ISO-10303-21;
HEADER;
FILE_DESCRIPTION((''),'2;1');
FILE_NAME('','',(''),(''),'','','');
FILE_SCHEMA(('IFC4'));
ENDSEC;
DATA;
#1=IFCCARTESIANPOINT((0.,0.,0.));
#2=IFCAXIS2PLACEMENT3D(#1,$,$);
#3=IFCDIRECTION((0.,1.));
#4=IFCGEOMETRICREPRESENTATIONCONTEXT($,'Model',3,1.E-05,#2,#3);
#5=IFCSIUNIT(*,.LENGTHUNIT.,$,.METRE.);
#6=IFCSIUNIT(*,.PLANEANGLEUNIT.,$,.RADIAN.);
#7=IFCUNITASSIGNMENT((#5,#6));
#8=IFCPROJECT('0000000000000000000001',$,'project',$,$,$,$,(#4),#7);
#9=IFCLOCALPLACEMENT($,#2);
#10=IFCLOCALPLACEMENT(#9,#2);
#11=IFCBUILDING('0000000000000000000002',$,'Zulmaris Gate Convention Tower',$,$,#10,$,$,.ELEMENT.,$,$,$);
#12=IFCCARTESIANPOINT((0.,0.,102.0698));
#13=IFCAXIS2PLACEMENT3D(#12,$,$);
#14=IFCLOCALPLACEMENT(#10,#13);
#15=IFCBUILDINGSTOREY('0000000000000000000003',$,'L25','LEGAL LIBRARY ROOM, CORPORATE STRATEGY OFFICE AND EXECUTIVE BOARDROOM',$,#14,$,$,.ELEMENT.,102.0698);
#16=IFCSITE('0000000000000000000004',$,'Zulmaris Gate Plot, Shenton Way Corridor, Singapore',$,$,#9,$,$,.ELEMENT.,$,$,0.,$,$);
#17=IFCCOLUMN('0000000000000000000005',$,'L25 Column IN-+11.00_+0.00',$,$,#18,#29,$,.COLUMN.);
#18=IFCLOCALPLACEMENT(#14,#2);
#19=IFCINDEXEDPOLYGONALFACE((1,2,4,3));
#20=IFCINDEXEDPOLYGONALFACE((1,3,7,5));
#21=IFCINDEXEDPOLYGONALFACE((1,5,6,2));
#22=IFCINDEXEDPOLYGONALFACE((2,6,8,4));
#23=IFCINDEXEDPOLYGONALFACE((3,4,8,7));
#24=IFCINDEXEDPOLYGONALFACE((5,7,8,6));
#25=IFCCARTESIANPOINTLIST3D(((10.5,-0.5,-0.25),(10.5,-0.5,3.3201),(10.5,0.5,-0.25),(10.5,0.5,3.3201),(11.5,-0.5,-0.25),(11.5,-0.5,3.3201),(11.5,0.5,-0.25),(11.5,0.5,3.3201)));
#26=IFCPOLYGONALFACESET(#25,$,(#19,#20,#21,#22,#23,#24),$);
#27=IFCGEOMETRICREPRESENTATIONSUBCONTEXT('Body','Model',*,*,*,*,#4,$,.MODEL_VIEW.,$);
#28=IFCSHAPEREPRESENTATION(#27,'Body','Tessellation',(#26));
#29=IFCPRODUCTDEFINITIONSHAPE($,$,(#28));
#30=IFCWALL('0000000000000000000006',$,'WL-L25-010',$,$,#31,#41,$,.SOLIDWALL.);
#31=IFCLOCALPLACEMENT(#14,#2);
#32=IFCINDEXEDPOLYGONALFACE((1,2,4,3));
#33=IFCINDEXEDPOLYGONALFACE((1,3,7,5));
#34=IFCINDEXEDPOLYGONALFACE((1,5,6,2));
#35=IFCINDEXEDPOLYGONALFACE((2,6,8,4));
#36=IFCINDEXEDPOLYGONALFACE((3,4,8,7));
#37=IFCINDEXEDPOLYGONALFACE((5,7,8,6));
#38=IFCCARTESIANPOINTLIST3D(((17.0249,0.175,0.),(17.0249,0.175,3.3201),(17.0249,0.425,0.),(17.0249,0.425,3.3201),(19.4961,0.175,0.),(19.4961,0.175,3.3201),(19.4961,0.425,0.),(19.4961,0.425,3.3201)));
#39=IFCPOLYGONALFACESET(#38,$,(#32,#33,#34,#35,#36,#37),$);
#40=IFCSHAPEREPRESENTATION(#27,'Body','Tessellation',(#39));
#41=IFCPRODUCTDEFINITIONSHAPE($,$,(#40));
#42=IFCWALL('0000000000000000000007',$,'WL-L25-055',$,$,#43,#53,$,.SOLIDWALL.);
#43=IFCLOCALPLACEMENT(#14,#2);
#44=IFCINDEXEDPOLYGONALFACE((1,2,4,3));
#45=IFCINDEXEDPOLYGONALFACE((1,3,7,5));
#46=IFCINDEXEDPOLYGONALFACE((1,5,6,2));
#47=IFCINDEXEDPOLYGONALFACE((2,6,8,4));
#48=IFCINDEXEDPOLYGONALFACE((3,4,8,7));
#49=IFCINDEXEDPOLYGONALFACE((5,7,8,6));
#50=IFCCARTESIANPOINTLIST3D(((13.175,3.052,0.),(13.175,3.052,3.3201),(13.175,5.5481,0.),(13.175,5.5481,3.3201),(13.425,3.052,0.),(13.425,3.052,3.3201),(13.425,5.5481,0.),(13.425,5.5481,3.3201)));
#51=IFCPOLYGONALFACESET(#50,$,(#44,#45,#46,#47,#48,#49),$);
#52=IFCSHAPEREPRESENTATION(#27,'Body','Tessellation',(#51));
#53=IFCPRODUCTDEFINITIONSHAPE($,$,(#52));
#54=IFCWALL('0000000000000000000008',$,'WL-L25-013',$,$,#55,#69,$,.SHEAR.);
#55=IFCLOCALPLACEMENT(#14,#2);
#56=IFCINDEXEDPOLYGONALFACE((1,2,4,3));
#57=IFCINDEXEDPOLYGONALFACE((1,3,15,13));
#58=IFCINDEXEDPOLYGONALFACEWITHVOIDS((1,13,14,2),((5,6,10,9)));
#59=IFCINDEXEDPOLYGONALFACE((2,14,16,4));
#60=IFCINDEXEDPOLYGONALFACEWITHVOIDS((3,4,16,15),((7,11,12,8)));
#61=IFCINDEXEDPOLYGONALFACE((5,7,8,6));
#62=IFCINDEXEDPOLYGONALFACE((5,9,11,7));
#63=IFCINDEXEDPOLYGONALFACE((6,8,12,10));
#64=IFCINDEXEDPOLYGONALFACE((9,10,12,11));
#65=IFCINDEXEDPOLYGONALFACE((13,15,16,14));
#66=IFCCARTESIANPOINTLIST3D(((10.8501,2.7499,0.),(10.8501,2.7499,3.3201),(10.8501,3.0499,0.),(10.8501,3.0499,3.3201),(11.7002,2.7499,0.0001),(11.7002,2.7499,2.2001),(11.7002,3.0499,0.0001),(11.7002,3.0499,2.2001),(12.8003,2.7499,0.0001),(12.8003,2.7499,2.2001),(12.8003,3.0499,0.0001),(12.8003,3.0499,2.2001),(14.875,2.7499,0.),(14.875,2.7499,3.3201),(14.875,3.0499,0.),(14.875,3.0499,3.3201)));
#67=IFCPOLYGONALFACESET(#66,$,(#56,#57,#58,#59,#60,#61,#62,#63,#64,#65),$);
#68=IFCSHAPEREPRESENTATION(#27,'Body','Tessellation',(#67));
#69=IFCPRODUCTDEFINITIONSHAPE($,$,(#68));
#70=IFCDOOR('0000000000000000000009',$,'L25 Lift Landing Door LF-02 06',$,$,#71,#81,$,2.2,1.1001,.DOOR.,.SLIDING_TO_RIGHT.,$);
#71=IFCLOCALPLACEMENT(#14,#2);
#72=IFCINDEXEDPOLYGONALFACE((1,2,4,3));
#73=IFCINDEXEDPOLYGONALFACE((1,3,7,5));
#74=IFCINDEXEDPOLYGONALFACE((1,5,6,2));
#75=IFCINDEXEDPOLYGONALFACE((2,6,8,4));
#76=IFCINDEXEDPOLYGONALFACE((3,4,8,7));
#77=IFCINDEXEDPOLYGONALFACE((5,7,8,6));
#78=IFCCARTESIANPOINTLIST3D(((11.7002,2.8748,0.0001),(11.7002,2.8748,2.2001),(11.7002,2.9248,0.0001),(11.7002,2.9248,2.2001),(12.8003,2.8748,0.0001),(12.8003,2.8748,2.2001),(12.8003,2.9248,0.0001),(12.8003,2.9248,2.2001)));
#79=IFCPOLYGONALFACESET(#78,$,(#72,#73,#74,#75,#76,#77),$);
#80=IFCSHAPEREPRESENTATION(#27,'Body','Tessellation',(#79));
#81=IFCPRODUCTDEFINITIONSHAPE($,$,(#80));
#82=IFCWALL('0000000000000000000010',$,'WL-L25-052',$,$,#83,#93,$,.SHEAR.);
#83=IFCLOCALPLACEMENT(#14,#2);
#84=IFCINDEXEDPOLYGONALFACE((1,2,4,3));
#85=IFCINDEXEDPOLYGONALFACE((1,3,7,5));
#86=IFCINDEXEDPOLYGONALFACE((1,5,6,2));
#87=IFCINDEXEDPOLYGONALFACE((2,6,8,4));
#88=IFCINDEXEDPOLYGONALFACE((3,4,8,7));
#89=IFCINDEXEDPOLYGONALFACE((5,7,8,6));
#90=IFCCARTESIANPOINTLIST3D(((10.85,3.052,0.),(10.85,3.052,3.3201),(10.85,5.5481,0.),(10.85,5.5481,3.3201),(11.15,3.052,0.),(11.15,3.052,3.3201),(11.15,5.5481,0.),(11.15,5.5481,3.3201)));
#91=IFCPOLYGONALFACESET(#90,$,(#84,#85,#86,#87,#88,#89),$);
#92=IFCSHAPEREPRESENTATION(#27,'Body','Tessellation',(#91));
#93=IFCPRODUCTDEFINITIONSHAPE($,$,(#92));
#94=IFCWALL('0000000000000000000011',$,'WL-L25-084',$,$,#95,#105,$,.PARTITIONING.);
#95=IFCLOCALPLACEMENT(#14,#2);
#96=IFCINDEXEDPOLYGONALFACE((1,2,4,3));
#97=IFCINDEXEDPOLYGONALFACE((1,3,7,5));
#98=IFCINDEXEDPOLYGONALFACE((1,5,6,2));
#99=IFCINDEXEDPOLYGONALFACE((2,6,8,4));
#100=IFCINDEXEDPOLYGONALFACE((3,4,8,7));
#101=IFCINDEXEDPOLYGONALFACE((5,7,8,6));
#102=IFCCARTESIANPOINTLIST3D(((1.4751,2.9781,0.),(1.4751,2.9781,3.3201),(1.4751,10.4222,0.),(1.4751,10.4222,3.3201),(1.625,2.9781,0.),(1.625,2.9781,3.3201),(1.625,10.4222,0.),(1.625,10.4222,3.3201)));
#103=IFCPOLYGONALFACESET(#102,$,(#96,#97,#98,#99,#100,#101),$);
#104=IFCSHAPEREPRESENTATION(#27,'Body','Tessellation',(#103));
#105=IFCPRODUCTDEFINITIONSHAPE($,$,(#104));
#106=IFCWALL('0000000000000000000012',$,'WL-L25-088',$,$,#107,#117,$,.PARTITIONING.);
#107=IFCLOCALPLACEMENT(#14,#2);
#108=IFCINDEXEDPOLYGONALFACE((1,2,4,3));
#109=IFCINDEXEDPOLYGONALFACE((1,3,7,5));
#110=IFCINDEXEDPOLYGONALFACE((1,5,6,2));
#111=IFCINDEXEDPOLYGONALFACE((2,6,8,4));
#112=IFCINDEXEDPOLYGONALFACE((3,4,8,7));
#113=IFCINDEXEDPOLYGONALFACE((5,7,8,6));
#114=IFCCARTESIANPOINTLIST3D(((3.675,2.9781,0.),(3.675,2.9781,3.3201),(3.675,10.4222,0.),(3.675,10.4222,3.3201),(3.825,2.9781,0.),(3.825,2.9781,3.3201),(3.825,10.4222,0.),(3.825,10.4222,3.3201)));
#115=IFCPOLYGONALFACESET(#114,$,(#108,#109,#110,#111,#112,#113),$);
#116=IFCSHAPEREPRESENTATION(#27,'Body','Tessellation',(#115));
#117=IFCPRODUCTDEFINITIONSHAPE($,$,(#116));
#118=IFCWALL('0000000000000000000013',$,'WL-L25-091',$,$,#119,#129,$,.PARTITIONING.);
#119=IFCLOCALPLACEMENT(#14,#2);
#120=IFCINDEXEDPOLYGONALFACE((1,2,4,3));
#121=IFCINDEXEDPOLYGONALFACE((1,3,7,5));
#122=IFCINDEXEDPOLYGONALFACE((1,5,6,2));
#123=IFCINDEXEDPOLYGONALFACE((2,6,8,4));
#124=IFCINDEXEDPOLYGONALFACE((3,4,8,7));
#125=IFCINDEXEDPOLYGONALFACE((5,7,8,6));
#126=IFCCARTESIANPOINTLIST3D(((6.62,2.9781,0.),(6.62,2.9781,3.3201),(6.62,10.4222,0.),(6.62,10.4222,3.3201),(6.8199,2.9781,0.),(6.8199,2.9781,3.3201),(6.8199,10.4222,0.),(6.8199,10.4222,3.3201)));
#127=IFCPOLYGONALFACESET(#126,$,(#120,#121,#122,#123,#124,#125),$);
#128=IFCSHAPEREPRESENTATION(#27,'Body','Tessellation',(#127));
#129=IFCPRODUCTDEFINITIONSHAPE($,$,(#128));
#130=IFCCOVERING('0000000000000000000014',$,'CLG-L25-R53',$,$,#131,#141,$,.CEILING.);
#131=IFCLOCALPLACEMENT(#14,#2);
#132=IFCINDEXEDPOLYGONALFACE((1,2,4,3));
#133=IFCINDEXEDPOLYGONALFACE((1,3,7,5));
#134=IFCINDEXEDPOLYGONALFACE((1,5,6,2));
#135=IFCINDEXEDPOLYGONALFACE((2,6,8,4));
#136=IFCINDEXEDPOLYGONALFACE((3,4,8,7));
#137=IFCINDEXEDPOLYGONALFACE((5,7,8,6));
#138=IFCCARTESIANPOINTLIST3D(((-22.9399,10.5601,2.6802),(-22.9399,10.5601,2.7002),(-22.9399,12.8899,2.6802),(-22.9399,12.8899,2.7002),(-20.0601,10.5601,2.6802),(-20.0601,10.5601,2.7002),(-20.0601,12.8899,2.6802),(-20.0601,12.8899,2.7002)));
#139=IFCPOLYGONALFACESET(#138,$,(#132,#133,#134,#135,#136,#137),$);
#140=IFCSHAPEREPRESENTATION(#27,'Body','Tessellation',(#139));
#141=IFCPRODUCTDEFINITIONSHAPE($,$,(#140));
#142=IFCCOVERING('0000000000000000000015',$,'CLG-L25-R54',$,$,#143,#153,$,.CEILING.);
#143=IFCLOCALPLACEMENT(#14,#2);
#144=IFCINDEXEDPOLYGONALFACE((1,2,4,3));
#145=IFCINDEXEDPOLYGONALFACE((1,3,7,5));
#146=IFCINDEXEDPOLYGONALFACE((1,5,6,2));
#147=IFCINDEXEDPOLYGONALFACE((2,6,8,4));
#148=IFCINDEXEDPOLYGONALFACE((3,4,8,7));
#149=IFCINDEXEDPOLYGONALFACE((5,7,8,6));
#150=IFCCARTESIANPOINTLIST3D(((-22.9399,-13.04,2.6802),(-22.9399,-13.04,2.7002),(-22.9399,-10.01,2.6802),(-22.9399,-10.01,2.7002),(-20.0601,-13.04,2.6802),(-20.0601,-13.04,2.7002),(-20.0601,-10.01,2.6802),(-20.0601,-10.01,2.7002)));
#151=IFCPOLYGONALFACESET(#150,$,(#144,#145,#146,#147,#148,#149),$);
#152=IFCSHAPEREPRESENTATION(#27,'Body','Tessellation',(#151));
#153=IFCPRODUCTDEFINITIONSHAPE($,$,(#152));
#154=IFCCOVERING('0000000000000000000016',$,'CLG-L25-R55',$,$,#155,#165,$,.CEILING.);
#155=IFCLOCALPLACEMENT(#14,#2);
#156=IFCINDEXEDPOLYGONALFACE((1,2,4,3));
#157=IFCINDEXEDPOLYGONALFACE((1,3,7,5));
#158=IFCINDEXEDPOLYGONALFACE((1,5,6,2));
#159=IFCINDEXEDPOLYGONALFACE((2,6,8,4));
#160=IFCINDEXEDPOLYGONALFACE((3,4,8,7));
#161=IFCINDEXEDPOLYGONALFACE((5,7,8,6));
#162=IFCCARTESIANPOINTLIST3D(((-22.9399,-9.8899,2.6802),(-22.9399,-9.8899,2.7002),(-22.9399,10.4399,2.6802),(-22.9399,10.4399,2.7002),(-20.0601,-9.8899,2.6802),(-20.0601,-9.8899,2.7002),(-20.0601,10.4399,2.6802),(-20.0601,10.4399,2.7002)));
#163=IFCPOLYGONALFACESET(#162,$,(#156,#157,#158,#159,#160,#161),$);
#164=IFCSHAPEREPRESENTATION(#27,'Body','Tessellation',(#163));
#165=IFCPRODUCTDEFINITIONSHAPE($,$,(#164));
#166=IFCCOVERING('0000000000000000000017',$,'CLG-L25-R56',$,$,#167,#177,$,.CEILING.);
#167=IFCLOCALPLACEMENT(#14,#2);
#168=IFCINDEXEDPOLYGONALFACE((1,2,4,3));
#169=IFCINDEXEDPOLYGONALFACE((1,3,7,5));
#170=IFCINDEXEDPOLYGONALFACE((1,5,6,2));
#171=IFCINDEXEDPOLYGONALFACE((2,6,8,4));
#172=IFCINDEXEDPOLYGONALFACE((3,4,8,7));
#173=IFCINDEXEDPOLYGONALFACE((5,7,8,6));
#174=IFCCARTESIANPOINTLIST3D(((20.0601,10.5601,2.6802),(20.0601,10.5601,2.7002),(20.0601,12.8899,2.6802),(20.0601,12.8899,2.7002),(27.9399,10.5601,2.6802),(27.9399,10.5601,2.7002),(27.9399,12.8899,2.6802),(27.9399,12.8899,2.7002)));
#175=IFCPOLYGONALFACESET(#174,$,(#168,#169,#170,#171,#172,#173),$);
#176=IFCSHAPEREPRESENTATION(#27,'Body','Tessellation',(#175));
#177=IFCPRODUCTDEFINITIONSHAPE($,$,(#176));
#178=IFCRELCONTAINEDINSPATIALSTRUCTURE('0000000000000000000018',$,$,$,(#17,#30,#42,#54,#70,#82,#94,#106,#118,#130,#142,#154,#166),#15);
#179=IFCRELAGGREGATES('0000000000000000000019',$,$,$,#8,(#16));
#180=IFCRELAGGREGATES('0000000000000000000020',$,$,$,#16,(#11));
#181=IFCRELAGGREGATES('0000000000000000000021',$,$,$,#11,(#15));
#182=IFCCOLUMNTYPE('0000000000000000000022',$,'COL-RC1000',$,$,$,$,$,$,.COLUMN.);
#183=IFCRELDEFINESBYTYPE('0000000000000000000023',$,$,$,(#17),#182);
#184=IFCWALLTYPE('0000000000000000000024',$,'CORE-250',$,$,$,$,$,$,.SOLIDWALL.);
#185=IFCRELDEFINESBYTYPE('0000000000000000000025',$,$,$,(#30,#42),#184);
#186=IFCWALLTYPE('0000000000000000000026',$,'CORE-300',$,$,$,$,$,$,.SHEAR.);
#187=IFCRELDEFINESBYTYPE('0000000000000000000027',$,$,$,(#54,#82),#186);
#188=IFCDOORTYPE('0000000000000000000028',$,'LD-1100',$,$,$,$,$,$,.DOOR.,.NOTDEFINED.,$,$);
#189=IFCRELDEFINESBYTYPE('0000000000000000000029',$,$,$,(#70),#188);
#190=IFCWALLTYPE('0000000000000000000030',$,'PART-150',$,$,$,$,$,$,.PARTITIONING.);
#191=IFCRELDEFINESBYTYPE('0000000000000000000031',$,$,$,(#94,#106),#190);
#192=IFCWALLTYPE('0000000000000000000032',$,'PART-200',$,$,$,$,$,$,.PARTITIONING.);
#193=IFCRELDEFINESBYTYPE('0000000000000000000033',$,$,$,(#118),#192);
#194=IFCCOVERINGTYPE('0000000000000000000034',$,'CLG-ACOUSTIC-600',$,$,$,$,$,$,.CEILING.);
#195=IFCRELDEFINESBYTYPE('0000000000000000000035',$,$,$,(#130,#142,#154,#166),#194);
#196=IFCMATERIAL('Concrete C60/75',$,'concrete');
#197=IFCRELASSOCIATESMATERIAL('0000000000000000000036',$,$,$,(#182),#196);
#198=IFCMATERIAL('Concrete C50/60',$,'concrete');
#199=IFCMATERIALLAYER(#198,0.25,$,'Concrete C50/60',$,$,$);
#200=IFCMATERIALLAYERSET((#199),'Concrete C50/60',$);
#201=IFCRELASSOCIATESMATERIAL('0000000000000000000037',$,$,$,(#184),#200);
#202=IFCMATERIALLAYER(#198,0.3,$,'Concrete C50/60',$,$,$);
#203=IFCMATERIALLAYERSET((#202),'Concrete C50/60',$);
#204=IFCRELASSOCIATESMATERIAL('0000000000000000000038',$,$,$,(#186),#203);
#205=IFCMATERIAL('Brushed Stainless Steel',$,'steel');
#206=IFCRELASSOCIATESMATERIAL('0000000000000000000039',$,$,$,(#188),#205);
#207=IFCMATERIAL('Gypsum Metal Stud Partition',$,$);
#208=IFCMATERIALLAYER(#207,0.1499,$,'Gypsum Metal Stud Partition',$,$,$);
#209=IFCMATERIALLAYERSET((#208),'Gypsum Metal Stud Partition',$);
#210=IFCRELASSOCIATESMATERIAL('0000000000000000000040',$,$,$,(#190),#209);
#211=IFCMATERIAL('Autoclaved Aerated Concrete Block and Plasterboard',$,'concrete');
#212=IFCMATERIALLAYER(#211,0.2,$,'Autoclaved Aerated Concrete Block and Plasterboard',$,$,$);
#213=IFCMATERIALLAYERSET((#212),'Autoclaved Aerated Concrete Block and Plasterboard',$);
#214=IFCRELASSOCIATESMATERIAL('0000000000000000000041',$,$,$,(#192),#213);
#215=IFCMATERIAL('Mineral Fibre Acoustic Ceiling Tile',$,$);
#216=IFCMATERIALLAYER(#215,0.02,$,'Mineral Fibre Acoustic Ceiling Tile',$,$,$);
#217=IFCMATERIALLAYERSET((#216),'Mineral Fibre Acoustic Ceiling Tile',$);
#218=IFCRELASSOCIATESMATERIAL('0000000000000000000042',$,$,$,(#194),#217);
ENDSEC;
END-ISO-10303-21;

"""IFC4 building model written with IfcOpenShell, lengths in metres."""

from ifc_helpers import new_model, si_unit, direction, frame, frame_2d, origin, origin_2d, place, context, subcontext, project, spatial, polyline, rectangle, outline, extrude, material, layer, layer_set, material_profile, profile_set, type_object, element, fill, save


model = new_model("IFC4")

# Units and contexts
model_context = context("Model", 3, precision=1e-05, world=origin(), true_north=direction((0.0, 1.0)))
body_context = subcontext(model_context, "Body", "Model", "MODEL_VIEW")
ifc_project = project(units=[si_unit("LENGTHUNIT", "METRE"), si_unit("PLANEANGLEUNIT", "RADIAN")], contexts=[model_context])

# Site, building, storey
site_placement = place(None, origin())
site = spatial("IfcSite", under=ifc_project, at=site_placement, Name="Zulmaris Gate Plot, Shenton Way Corridor, Singapore", CompositionType="ELEMENT", RefElevation=0.0)
building_placement = place(site_placement, origin())
building = spatial("IfcBuilding", under=site, at=building_placement, Name="Zulmaris Gate Convention Tower", CompositionType="ELEMENT")
storey_placement = place(building_placement, frame((0.0, 0.0, 102.0698)))
storey = spatial("IfcBuildingStorey", under=building, at=storey_placement, Name="L25", Description="LEGAL LIBRARY ROOM, CORPORATE STRATEGY OFFICE AND EXECUTIVE BOARDROOM", CompositionType="ELEMENT", Elevation=102.0698)

# Column
ifc_material_1 = material(Name="Concrete C60/75", Category="concrete")
ifc_material_profile = material_profile(ifc_material_1, rectangle(XDim=1.0, YDim=1.0, at=origin_2d()), Name="RC COL 1000x1000")
ifc_profile_set = profile_set([ifc_material_profile], Name="Concrete C60/75")
column_type = type_object("IfcColumnType", Name="COL-RC1000", PredefinedType="COLUMN", material=ifc_profile_set)
column_placement = place(storey_placement, frame((11.0, 0.0, -0.25), z_axis=(0.0, 0.0, 1.0), x_axis=(1.0, 0.0, 0.0)))
element("IfcColumn", 1, at=column_placement, inside=storey, type_object=column_type, Name="L25 Column IN-+11.00_+0.00", PredefinedType="COLUMN", context=body_context, shape_type="SweptSolid", body=[
    extrude(rectangle(XDim=1.0, YDim=1.0, at=origin_2d()), origin(), (0.0, 0.0, 1.0), 3.5701),
])

# Walls
ifc_material_2 = material(Name="Concrete C50/60", Category="concrete")
ifc_layer_1 = layer(ifc_material_2, 0.25, Name="Concrete C50/60")
ifc_layer_set_1 = layer_set([ifc_layer_1], Name="Concrete C50/60")
wall_type_1 = type_object("IfcWallType", Name="CORE-250", PredefinedType="SOLIDWALL", material=ifc_layer_set_1)
wall_1_placement = place(storey_placement, frame((17.0249, 0.3, 0.0), z_axis=(0.0, 0.0, 1.0), x_axis=(1.0, 0.0, 0.0)))
element("IfcWall", 2, at=wall_1_placement, inside=storey, type_object=wall_type_1, Name="WL-L25-010", PredefinedType="SOLIDWALL", context=body_context, shape_type="SweptSolid", body=[
    extrude(rectangle(XDim=2.4712, YDim=0.25, at=frame_2d((1.2356, 0.0))), origin(), (0.0, 0.0, 1.0), 3.3201),
])
wall_2_placement = place(storey_placement, frame((13.3, 3.052, 0.0), z_axis=(0.0, 0.0, 1.0), x_axis=(0.0, 1.0, 0.0)))
element("IfcWall", 3, at=wall_2_placement, inside=storey, type_object=wall_type_1, Name="WL-L25-055", PredefinedType="SOLIDWALL", context=body_context, shape_type="SweptSolid", body=[
    extrude(rectangle(XDim=2.4961, YDim=0.25, at=frame_2d((1.248, 0.0))), origin(), (0.0, 0.0, 1.0), 3.3201),
])

# Wall, opening, door
ifc_layer_2 = layer(ifc_material_2, 0.3, Name="Concrete C50/60")
ifc_layer_set_2 = layer_set([ifc_layer_2], Name="Concrete C50/60")
wall_type_2 = type_object("IfcWallType", Name="CORE-300", PredefinedType="SHEAR", material=ifc_layer_set_2)
wall_3_placement = place(storey_placement, frame((10.8501, 2.8999, 0.0), z_axis=(0.0, 0.0, 1.0), x_axis=(1.0, 0.0, 0.0)))
wall_3 = element("IfcWall", 4, at=wall_3_placement, inside=storey, type_object=wall_type_2, Name="WL-L25-013", PredefinedType="SHEAR", context=body_context, shape_type="SweptSolid", body=[
    extrude(rectangle(XDim=4.0249, YDim=0.3, at=frame_2d((2.0125, 0.0))), origin(), (0.0, 0.0, 1.0), 3.3201),
])
opening_1_placement = place(wall_3_placement, frame((0.8501, 0.0, 0.0)))
opening_1 = element("IfcOpeningElement", 5, at=opening_1_placement, cuts=wall_3, PredefinedType="OPENING", context=body_context, shape_type="SweptSolid", body=[
    extrude(rectangle(XDim=1.1001, YDim=2.2, at=frame_2d((0.55, 1.1001))), frame((0.0, 0.1602, 0.0), z_axis=(0.0, -1.0, 0.0), x_axis=(1.0, 0.0, 0.0)), (0.0, 0.0, 1.0), 0.3201),
])
ifc_material_3 = material(Name="Brushed Stainless Steel", Category="steel")
door_type_1 = type_object("IfcDoorType", Name="LD-1100", OperationType="NOTDEFINED", PredefinedType="DOOR", material=ifc_material_3)
door_1_placement = place(opening_1_placement, origin())
door_1 = element("IfcDoor", 6, at=door_1_placement, inside=storey, type_object=door_type_1, Name="L25 Lift Landing Door LF-02 06", OperationType="SLIDING_TO_RIGHT", OverallHeight=2.2, OverallWidth=1.1001, PredefinedType="DOOR", context=body_context, shape_type="SweptSolid", body=[
    extrude(rectangle(XDim=1.1001, YDim=2.2, at=frame_2d((0.55, 1.1001))), frame((0.0, 0.0249, 0.0), z_axis=(0.0, -1.0, 0.0), x_axis=(1.0, 0.0, 0.0)), (0.0, 0.0, 1.0), 0.05),
])
fill(opening_1, door_1)

# Walls
wall_4_placement = place(storey_placement, frame((11.0, 3.052, 0.0), z_axis=(0.0, 0.0, 1.0), x_axis=(0.0, 1.0, 0.0)))
element("IfcWall", 7, at=wall_4_placement, inside=storey, type_object=wall_type_2, Name="WL-L25-052", PredefinedType="SHEAR", context=body_context, shape_type="SweptSolid", body=[
    extrude(rectangle(XDim=2.4961, YDim=0.3, at=frame_2d((1.248, 0.0))), origin(), (0.0, 0.0, 1.0), 3.3201),
])
ifc_material_4 = material(Name="Gypsum Metal Stud Partition")
ifc_layer_3 = layer(ifc_material_4, 0.1499, Name="Gypsum Metal Stud Partition")
ifc_layer_set_3 = layer_set([ifc_layer_3], Name="Gypsum Metal Stud Partition")
wall_type_3 = type_object("IfcWallType", Name="PART-150", PredefinedType="PARTITIONING", material=ifc_layer_set_3)
for number, where, z_axis, x_axis, name in (
    (8, (1.55, 2.978, 0.0), (0.0, 0.0, 1.0), (0.0, 1.0, 0.0), "WL-L25-084"),
    (9, (3.75, 2.978, 0.0), (0.0, 0.0, 1.0), (0.0, 1.0, 0.0), "WL-L25-088"),
):
    element("IfcWall", number, at=place(storey_placement, frame(where, z_axis=z_axis, x_axis=x_axis)), inside=storey, type_object=wall_type_3, Name=name, PredefinedType="PARTITIONING", context=body_context, shape_type="SweptSolid", body=[
        extrude(rectangle(XDim=7.4441, YDim=0.1499, at=frame_2d((3.7222, 0.0))), origin(), (0.0, 0.0, 1.0), 3.3201),
    ])
ifc_material_5 = material(Name="Autoclaved Aerated Concrete Block and Plasterboard", Category="concrete")
ifc_layer_4 = layer(ifc_material_5, 0.2, Name="Autoclaved Aerated Concrete Block and Plasterboard")
ifc_layer_set_4 = layer_set([ifc_layer_4], Name="Autoclaved Aerated Concrete Block and Plasterboard")
wall_type_4 = type_object("IfcWallType", Name="PART-200", PredefinedType="PARTITIONING", material=ifc_layer_set_4)
wall_5_placement = place(storey_placement, frame((6.72, 2.978, 0.0), z_axis=(0.0, 0.0, 1.0), x_axis=(0.0, 1.0, 0.0)))
element("IfcWall", 10, at=wall_5_placement, inside=storey, type_object=wall_type_4, Name="WL-L25-091", PredefinedType="PARTITIONING", context=body_context, shape_type="SweptSolid", body=[
    extrude(rectangle(XDim=7.4441, YDim=0.2, at=frame_2d((3.7222, 0.0))), origin(), (0.0, 0.0, 1.0), 3.3201),
])

# Coverings
ifc_material_6 = material(Name="Mineral Fibre Acoustic Ceiling Tile")
ifc_layer_5 = layer(ifc_material_6, 0.02, Name="Mineral Fibre Acoustic Ceiling Tile")
ifc_layer_set_5 = layer_set([ifc_layer_5], Name="Mineral Fibre Acoustic Ceiling Tile")
covering_type_1 = type_object("IfcCoveringType", Name="CLG-ACOUSTIC-600", PredefinedType="CEILING", material=ifc_layer_set_5)
covering_1_placement = place(storey_placement, frame((0.0, 0.0, 2.6802)))
element("IfcCovering", 11, at=covering_1_placement, inside=storey, type_object=covering_type_1, Name="CLG-L25-R53", PredefinedType="CEILING", context=body_context, shape_type="SweptSolid", body=[
    extrude(outline(polyline([(-22.9399, 10.5601), (-20.0601, 10.5601), (-20.0601, 12.8899), (-22.9399, 12.8899), (-22.9399, 10.5601)])), origin(), (0.0, 0.0, 1.0), 0.02),
])
covering_2_placement = place(storey_placement, frame((0.0, 0.0, 2.6802)))
element("IfcCovering", 12, at=covering_2_placement, inside=storey, type_object=covering_type_1, Name="CLG-L25-R54", PredefinedType="CEILING", context=body_context, shape_type="SweptSolid", body=[
    extrude(outline(polyline([(-22.9399, -13.04), (-20.0601, -13.04), (-20.0601, -10.01), (-22.9399, -10.01), (-22.9399, -13.04)])), origin(), (0.0, 0.0, 1.0), 0.02),
])
covering_3_placement = place(storey_placement, frame((0.0, 0.0, 2.6802)))
element("IfcCovering", 13, at=covering_3_placement, inside=storey, type_object=covering_type_1, Name="CLG-L25-R55", PredefinedType="CEILING", context=body_context, shape_type="SweptSolid", body=[
    extrude(outline(polyline([(-22.9399, -9.8899), (-20.0601, -9.8899), (-20.0601, 10.4399), (-22.9399, 10.4399), (-22.9399, -9.8899)])), origin(), (0.0, 0.0, 1.0), 0.02),
])
covering_4_placement = place(storey_placement, frame((0.0, 0.0, 2.6802)))
element("IfcCovering", 14, at=covering_4_placement, inside=storey, type_object=covering_type_1, Name="CLG-L25-R56", PredefinedType="CEILING", context=body_context, shape_type="SweptSolid", body=[
    extrude(outline(polyline([(20.0601, 10.5601), (27.9399, 10.5601), (27.9399, 12.8899), (20.0601, 12.8899), (20.0601, 10.5601)])), origin(), (0.0, 0.0, 1.0), 0.02),
])

save(model, "model.ifc")
